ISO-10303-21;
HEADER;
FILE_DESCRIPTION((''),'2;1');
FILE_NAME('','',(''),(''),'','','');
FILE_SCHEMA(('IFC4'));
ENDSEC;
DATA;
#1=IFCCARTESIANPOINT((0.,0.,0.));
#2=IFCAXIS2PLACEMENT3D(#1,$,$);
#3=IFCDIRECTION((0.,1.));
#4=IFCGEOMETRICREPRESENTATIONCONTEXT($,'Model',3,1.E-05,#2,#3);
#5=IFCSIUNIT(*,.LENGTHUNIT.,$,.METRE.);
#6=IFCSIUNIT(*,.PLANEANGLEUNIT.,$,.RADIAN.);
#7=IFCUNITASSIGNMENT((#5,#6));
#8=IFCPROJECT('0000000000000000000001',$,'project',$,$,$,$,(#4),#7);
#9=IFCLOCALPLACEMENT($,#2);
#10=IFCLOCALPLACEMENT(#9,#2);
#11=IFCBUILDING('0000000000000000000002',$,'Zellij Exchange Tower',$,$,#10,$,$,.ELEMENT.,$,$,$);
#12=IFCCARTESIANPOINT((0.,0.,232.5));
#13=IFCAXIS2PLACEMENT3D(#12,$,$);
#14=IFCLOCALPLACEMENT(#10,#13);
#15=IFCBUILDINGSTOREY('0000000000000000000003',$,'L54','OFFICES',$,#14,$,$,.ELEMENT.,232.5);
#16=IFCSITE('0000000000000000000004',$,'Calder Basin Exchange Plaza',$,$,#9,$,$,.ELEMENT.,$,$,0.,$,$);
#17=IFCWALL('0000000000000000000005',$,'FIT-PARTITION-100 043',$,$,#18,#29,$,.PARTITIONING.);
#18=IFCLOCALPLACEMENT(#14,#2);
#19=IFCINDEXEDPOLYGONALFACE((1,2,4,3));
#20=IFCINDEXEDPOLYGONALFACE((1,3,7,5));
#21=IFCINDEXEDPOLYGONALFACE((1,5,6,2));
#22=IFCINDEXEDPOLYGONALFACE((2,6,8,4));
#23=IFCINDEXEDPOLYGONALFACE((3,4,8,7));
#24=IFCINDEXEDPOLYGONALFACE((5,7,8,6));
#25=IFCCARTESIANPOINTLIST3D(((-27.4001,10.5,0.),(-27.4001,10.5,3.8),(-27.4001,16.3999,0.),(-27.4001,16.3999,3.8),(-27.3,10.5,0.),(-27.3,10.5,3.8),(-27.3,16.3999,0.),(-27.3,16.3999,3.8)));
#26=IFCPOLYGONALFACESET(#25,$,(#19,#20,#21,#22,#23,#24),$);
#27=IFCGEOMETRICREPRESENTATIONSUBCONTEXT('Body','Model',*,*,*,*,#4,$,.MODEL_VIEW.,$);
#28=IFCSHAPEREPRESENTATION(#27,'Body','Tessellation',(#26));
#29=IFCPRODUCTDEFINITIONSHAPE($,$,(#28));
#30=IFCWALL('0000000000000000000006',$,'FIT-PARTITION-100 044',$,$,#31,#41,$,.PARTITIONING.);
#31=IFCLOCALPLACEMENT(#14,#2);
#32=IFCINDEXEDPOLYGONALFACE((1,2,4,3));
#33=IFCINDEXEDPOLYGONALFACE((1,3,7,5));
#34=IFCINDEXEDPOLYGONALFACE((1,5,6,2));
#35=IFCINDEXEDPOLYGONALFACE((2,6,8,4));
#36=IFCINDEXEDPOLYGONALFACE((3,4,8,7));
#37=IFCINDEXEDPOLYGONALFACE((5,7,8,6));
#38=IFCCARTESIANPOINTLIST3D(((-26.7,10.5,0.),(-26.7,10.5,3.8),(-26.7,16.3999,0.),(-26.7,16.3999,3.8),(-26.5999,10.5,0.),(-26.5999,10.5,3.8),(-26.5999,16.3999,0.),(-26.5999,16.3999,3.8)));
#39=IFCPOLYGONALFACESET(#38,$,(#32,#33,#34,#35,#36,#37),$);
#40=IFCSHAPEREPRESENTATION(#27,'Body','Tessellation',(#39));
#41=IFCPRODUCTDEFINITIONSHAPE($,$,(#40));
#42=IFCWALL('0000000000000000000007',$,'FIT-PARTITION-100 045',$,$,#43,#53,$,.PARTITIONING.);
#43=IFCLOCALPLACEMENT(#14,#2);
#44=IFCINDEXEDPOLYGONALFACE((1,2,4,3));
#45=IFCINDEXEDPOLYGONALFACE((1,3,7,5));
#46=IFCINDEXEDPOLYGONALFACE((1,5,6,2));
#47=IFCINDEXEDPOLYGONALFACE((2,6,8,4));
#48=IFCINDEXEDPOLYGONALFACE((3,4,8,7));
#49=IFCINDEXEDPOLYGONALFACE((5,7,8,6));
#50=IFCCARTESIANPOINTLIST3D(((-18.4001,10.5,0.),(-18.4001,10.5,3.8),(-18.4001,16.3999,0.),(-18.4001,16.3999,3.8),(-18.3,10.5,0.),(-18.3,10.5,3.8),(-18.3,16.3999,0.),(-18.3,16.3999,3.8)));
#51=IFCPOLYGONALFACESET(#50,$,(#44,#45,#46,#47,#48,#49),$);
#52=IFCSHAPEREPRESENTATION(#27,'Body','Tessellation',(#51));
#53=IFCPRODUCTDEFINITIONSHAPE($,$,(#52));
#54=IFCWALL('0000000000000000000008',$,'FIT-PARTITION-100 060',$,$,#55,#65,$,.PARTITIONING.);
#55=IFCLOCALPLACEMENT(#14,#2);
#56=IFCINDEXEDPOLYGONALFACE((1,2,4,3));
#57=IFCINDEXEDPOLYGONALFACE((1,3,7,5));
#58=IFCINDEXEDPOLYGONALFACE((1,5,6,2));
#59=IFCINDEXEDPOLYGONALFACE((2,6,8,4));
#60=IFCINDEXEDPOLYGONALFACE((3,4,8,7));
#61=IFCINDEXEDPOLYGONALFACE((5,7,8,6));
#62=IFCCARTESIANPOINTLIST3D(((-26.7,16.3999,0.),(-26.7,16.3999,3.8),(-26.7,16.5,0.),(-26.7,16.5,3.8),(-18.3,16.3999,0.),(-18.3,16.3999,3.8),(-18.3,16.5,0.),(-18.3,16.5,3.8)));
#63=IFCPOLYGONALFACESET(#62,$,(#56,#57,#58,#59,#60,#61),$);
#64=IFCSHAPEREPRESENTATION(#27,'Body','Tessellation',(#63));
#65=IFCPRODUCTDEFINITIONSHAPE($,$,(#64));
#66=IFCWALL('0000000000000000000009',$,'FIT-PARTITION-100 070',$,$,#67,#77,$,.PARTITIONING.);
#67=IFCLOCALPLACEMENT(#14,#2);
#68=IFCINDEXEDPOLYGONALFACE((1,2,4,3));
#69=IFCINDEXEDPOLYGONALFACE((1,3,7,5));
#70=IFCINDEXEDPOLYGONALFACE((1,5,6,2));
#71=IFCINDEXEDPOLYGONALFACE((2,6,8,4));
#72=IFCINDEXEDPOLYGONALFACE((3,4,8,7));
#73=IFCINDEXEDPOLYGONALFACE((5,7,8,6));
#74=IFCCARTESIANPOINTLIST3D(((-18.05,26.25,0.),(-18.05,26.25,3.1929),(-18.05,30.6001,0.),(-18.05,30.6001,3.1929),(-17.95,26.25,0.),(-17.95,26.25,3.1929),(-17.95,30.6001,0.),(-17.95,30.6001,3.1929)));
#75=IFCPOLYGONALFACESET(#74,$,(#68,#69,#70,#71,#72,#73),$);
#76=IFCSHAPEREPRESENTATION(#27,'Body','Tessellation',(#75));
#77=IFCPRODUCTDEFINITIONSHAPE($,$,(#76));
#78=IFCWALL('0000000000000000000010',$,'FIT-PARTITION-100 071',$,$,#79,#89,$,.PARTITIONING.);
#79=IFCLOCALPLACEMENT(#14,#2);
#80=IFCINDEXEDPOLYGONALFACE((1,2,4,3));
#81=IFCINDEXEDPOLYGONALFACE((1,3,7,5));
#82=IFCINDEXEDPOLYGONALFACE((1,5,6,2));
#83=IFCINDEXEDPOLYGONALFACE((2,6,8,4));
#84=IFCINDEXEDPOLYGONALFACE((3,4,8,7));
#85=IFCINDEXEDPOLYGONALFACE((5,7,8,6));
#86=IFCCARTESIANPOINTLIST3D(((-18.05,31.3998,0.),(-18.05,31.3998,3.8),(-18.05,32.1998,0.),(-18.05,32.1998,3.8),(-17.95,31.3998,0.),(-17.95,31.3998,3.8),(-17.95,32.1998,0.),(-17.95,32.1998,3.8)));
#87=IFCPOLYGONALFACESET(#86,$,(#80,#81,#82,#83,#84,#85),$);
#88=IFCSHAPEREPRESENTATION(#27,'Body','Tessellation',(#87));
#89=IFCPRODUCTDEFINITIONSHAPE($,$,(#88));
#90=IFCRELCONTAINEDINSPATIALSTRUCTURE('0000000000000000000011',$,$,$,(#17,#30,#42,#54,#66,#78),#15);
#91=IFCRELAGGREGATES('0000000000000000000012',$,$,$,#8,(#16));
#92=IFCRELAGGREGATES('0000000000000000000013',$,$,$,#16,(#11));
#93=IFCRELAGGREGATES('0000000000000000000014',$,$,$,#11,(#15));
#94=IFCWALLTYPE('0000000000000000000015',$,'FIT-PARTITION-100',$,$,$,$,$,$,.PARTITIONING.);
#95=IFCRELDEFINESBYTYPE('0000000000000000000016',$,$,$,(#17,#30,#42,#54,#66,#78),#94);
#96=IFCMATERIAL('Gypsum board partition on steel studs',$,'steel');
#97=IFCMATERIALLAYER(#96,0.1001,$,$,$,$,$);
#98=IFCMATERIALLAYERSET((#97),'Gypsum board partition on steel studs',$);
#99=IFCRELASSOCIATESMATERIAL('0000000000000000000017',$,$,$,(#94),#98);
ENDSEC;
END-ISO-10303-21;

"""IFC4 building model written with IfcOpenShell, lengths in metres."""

from ifc_helpers import new_model, si_unit, direction, frame, frame_2d, origin, place, context, subcontext, project, spatial, rectangle, extrude, material, layer, layer_set, type_object, element, save


model = new_model("IFC4")

# Units and contexts
model_context = context("Model", 3, precision=1e-05, world=origin(), true_north=direction((0.0, 1.0)))
body_context = subcontext(model_context, "Body", "Model", "MODEL_VIEW")
ifc_project = project(units=[si_unit("LENGTHUNIT", "METRE"), si_unit("PLANEANGLEUNIT", "RADIAN")], contexts=[model_context])

# Site, building, storey
site_placement = place(None, origin())
site = spatial("IfcSite", under=ifc_project, at=site_placement, Name="Calder Basin Exchange Plaza", CompositionType="ELEMENT", RefElevation=0.0)
building_placement = place(site_placement, origin())
building = spatial("IfcBuilding", under=site, at=building_placement, Name="Zellij Exchange Tower", CompositionType="ELEMENT")
storey_placement = place(building_placement, frame((0.0, 0.0, 232.5)))
storey = spatial("IfcBuildingStorey", under=building, at=storey_placement, Name="L54", Description="OFFICES", CompositionType="ELEMENT", Elevation=232.5)

# Shared definitions
ifc_material_1 = material(Name="Gypsum board partition on steel studs", Category="steel")
ifc_layer = layer(ifc_material_1, 0.1001)
ifc_layer_set = layer_set([ifc_layer], Name="Gypsum board partition on steel studs")
wall_type = type_object("IfcWallType", Name="FIT-PARTITION-100", PredefinedType="PARTITIONING", material=ifc_layer_set)

# Walls
for number, where, z_axis, x_axis, name in (
    (1, (-27.3501, 10.5, 0.0), (0.0, 0.0, 1.0), (0.0, 1.0, 0.0), "FIT-PARTITION-100 043"),
    (2, (-26.6499, 10.5, 0.0), (0.0, 0.0, 1.0), (0.0, 1.0, 0.0), "FIT-PARTITION-100 044"),
    (3, (-18.3501, 10.5, 0.0), (0.0, 0.0, 1.0), (0.0, 1.0, 0.0), "FIT-PARTITION-100 045"),
):
    element("IfcWall", number, at=place(storey_placement, frame(where, z_axis=z_axis, x_axis=x_axis)), inside=storey, type_object=wall_type, Name=name, PredefinedType="PARTITIONING", context=body_context, shape_type="SweptSolid", body=[
        extrude(rectangle(XDim=5.8999, YDim=0.1001, at=frame_2d((2.95, 0.0))), origin(), (0.0, 0.0, 1.0), 3.8),
    ])
wall_1_placement = place(storey_placement, frame((-26.7, 16.45, 0.0), z_axis=(0.0, 0.0, 1.0), x_axis=(1.0, 0.0, 0.0)))
element("IfcWall", 4, at=wall_1_placement, inside=storey, type_object=wall_type, Name="FIT-PARTITION-100 060", PredefinedType="PARTITIONING", context=body_context, shape_type="SweptSolid", body=[
    extrude(rectangle(XDim=8.3999, YDim=0.1001, at=frame_2d((4.2, 0.0))), origin(), (0.0, 0.0, 1.0), 3.8),
])
wall_2_placement = place(storey_placement, frame((-18.0, 26.25, 0.0), z_axis=(0.0, 0.0, 1.0), x_axis=(0.0, 1.0, 0.0)))
element("IfcWall", 5, at=wall_2_placement, inside=storey, type_object=wall_type, Name="FIT-PARTITION-100 070", PredefinedType="PARTITIONING", context=body_context, shape_type="SweptSolid", body=[
    extrude(rectangle(XDim=4.3501, YDim=0.1001, at=frame_2d((2.175, 0.0))), origin(), (0.0, 0.0, 1.0), 3.1929),
])
wall_3_placement = place(storey_placement, frame((-18.0, 31.3999, 0.0), z_axis=(0.0, 0.0, 1.0), x_axis=(0.0, 1.0, 0.0)))
element("IfcWall", 6, at=wall_3_placement, inside=storey, type_object=wall_type, Name="FIT-PARTITION-100 071", PredefinedType="PARTITIONING", context=body_context, shape_type="SweptSolid", body=[
    extrude(rectangle(XDim=0.8, YDim=0.1001, at=frame_2d((0.3999, 0.0))), origin(), (0.0, 0.0, 1.0), 3.8),
])

save(model, "model.ifc")
